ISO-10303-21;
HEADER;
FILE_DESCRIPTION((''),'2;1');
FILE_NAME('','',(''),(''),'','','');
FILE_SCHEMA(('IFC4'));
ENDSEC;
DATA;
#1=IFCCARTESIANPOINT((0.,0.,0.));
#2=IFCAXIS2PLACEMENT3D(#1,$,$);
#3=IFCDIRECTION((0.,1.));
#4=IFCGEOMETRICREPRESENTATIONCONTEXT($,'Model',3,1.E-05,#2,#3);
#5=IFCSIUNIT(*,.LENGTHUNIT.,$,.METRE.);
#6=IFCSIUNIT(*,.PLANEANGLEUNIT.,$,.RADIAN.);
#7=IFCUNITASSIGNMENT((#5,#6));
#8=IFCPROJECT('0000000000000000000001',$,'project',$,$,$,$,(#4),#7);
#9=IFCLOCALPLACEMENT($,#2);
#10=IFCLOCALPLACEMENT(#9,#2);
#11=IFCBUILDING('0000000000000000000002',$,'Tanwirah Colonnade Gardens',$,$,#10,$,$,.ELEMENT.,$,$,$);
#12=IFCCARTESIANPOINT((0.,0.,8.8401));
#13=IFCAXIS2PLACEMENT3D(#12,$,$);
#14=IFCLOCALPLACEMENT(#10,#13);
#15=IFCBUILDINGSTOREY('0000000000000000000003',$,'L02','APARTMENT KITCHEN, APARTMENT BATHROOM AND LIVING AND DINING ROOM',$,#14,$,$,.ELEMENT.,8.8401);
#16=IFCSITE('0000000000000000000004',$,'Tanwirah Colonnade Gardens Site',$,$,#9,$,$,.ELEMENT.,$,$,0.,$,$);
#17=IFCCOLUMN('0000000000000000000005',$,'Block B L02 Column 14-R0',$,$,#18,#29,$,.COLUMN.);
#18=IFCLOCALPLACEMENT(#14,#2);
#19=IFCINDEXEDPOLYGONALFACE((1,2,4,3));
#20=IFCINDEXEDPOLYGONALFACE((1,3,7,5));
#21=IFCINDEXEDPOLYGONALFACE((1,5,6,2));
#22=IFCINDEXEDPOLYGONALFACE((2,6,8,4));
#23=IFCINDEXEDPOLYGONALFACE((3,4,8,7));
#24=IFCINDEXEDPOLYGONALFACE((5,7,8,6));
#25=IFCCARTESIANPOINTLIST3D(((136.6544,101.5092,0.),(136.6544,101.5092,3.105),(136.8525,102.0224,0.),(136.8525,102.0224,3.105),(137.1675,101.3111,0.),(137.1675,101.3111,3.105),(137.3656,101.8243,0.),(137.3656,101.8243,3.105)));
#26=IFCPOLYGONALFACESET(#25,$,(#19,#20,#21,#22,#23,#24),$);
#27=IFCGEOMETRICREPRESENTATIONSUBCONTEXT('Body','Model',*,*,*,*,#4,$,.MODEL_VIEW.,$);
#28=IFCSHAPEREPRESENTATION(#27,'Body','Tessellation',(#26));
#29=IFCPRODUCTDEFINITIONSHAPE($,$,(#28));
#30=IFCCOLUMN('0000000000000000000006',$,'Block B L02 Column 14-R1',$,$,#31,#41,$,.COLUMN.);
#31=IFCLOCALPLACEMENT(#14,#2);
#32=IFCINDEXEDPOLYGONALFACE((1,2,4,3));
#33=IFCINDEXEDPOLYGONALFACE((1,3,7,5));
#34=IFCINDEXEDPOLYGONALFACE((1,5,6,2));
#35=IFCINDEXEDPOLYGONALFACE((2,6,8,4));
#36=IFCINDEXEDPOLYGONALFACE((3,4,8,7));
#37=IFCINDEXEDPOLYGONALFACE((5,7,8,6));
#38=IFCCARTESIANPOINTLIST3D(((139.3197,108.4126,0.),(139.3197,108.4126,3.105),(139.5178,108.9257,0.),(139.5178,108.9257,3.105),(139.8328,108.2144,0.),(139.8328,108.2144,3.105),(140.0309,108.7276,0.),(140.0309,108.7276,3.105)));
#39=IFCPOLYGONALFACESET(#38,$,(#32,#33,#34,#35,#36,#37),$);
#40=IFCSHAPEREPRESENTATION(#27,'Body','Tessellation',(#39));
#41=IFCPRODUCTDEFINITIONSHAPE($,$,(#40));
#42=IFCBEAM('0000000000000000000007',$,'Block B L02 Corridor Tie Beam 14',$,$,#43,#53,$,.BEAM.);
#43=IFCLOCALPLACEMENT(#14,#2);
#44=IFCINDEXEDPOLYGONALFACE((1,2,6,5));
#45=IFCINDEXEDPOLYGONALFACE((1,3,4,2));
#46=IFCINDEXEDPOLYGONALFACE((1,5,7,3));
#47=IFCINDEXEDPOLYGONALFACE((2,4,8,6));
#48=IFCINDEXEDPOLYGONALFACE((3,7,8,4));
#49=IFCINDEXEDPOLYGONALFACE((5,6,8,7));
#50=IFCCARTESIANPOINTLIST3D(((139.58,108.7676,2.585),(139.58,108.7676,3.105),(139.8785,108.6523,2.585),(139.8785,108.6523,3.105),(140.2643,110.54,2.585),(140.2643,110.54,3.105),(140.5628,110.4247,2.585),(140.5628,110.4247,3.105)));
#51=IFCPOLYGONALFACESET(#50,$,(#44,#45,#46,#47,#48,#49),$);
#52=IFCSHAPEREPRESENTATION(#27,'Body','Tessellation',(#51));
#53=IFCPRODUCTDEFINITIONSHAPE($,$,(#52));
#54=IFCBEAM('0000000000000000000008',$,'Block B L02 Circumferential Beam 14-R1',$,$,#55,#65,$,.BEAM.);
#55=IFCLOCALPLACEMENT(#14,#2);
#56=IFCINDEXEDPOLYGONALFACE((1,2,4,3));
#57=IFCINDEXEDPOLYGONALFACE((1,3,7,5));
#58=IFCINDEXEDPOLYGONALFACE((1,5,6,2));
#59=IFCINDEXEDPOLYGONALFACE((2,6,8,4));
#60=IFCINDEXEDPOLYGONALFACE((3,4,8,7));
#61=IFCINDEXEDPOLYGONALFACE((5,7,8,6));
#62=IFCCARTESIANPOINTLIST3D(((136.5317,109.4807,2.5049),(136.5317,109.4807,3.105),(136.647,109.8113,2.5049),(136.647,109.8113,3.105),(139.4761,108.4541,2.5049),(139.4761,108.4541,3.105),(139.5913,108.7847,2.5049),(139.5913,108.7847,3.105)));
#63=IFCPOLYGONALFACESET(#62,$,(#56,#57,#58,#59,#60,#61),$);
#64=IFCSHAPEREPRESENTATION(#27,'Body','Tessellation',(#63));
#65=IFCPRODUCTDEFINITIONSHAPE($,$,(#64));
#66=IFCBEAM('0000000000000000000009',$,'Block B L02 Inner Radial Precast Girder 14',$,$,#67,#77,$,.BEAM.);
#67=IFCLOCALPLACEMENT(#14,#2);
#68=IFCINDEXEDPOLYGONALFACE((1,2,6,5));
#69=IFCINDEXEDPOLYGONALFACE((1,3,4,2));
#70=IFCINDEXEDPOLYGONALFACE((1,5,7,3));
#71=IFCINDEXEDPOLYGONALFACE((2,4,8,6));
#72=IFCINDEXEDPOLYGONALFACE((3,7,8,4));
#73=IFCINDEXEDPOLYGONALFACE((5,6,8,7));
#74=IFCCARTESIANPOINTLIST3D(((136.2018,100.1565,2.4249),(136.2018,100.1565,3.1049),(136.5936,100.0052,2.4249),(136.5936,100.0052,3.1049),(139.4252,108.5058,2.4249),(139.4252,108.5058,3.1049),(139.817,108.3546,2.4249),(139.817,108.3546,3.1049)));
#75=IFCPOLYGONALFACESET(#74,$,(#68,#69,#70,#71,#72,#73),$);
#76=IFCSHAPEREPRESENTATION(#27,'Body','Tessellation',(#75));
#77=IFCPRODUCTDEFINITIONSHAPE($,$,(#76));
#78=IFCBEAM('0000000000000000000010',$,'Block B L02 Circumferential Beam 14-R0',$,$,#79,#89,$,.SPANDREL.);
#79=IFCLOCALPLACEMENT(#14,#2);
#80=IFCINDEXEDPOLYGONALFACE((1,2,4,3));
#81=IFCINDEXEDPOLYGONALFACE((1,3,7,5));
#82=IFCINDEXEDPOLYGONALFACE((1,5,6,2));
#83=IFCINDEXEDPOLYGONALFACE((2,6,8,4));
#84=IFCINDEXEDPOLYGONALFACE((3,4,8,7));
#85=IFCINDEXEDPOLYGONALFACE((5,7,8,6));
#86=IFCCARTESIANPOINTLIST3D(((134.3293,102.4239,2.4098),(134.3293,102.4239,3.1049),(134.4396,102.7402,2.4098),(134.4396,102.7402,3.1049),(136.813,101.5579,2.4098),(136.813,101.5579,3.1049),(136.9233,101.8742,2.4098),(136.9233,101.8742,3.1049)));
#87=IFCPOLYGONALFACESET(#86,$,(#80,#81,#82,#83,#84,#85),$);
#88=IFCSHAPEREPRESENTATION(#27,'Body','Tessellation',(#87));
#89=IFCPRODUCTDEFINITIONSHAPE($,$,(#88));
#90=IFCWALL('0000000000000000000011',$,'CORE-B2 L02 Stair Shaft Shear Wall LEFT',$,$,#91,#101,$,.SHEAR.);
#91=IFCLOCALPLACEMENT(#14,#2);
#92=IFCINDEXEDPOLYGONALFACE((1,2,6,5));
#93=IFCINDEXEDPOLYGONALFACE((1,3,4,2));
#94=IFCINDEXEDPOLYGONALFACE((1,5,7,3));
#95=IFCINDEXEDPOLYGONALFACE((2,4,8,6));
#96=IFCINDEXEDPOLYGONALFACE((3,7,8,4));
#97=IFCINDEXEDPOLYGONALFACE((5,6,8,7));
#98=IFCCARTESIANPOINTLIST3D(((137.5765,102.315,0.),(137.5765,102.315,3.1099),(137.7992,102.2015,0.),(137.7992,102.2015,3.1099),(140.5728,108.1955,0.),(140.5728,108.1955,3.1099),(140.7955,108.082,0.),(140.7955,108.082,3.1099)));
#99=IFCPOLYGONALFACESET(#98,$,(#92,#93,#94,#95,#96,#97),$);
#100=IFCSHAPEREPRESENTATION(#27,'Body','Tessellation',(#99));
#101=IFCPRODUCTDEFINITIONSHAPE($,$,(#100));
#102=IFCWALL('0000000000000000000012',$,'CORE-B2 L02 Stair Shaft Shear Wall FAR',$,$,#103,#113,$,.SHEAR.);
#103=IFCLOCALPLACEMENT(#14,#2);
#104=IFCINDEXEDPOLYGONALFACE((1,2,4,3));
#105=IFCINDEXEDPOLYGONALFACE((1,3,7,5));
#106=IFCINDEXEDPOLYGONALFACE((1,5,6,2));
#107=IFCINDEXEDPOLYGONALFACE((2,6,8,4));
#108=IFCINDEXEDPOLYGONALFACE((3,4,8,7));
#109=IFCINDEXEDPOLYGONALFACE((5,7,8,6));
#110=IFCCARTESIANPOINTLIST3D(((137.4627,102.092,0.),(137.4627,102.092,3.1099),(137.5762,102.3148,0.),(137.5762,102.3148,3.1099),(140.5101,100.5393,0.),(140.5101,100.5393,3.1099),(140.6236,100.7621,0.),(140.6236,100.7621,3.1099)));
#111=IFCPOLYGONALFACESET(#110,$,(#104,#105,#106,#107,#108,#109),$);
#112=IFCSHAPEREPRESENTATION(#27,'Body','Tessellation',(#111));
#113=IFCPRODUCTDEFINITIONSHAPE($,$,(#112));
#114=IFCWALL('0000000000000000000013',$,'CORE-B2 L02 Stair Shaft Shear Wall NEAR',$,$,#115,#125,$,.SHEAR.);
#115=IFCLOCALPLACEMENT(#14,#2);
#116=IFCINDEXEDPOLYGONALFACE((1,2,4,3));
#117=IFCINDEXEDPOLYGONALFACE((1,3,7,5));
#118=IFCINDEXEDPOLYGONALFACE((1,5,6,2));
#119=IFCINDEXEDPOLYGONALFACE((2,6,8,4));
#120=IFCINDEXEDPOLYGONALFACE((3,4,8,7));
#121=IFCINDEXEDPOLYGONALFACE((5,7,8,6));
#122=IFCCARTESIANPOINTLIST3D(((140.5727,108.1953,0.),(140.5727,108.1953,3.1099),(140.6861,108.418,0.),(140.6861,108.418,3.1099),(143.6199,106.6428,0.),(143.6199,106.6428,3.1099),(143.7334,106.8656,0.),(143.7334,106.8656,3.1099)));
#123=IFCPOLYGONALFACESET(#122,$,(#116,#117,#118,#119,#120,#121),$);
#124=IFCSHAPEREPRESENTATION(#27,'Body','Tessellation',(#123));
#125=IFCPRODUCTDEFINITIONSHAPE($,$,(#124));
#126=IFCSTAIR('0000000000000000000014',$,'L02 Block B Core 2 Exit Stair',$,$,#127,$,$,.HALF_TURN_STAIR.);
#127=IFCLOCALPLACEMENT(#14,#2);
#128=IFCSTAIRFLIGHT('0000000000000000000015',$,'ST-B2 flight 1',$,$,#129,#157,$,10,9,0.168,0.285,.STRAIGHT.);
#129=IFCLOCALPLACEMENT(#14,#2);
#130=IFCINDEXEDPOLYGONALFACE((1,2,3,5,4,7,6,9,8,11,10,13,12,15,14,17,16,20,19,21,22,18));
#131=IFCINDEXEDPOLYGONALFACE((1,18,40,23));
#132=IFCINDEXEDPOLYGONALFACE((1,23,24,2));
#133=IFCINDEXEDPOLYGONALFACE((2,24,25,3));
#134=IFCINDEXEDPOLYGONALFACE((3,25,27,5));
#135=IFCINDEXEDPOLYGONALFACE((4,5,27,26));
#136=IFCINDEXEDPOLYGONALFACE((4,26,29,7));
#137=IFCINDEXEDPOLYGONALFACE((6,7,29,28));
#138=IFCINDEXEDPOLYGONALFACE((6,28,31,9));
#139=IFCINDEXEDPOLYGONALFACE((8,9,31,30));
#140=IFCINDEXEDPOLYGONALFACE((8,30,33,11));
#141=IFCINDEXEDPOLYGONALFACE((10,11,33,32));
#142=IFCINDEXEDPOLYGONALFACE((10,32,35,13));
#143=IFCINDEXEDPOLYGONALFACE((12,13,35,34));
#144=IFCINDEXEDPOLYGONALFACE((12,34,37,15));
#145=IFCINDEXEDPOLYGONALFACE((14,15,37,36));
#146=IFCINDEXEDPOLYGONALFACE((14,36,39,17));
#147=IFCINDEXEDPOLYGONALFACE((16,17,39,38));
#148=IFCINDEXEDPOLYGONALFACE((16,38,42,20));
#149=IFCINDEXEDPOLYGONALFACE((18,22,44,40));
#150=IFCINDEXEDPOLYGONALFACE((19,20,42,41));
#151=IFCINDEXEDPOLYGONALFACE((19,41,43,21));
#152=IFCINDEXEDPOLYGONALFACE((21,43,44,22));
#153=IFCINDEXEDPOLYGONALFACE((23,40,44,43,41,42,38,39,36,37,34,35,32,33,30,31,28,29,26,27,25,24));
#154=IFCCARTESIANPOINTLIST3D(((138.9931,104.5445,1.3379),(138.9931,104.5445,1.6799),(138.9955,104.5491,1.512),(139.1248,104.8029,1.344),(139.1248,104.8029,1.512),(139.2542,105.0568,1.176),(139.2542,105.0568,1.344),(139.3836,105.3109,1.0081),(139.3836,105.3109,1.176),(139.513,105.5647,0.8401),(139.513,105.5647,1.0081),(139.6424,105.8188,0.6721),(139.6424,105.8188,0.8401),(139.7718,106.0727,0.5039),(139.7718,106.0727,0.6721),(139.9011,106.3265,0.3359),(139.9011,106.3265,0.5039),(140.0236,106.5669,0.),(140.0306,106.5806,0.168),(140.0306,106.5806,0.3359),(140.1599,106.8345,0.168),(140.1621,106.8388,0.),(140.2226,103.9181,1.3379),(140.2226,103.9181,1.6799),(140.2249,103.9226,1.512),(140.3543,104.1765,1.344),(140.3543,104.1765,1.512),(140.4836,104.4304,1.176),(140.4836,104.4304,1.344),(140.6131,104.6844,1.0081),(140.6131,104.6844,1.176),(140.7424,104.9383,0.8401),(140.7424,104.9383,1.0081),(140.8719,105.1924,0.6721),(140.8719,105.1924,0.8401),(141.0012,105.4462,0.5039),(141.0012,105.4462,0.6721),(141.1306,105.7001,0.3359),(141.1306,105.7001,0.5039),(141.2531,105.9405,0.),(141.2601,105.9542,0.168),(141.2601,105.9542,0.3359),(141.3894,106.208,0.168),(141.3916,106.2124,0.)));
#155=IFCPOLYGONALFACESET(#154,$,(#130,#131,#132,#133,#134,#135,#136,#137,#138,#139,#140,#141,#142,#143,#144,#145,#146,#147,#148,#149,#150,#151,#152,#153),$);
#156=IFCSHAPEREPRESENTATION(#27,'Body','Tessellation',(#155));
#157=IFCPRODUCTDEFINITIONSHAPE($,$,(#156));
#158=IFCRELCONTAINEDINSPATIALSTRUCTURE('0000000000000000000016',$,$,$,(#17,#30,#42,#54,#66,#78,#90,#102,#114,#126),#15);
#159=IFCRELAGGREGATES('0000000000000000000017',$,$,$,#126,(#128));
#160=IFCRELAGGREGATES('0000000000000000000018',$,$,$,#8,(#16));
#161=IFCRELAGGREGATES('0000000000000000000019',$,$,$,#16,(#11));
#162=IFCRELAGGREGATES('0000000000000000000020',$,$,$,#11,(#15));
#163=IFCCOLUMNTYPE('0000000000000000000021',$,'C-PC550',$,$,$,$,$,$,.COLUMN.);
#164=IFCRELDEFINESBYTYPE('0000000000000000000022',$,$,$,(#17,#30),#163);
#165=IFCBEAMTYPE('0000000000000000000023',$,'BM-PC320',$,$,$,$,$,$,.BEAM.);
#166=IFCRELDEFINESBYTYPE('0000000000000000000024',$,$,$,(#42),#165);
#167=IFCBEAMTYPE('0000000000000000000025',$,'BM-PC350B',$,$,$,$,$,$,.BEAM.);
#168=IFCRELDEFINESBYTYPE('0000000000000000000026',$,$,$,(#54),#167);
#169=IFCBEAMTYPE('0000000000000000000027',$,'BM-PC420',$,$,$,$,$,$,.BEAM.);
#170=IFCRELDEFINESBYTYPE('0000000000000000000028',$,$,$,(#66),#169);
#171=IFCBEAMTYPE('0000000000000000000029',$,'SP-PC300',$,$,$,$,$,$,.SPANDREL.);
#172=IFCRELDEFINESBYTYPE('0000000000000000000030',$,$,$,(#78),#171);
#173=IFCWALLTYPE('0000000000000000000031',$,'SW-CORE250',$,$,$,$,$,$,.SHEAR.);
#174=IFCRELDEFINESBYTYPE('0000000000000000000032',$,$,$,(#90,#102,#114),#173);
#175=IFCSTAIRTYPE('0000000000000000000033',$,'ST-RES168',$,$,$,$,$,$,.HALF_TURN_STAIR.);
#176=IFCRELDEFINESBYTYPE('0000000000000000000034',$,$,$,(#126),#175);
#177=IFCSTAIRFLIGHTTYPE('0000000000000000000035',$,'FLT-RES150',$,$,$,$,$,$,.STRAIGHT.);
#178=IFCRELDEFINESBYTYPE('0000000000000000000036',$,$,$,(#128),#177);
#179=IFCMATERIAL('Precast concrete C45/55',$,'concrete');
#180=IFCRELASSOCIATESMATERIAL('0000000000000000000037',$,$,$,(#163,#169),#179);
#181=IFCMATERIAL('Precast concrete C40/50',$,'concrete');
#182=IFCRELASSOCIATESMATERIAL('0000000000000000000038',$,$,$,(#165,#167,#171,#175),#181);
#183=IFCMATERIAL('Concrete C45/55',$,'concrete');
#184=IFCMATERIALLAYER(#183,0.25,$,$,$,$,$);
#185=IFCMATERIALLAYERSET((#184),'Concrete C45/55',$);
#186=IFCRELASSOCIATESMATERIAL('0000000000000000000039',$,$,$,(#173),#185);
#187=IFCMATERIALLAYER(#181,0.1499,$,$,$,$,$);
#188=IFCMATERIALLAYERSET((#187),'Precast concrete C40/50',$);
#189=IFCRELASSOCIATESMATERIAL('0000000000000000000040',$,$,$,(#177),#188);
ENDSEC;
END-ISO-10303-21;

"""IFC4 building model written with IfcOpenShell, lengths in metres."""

from ifc_helpers import new_model, si_unit, direction, frame, frame_2d, origin, origin_2d, place, context, subcontext, project, spatial, polyline, rectangle, outline, extrude, material, layer, layer_set, material_profile, profile_set, type_object, element, aggregate, save


model = new_model("IFC4")

# Units and contexts
model_context = context("Model", 3, precision=1e-05, world=origin(), true_north=direction((0.0, 1.0)))
body_context = subcontext(model_context, "Body", "Model", "MODEL_VIEW")
ifc_project = project(units=[si_unit("LENGTHUNIT", "METRE"), si_unit("PLANEANGLEUNIT", "RADIAN")], contexts=[model_context])

# Site, building, storey
site_placement = place(None, origin())
site = spatial("IfcSite", under=ifc_project, at=site_placement, Name="Tanwirah Colonnade Gardens Site", CompositionType="ELEMENT", RefElevation=0.0)
building_placement = place(site_placement, origin())
building = spatial("IfcBuilding", under=site, at=building_placement, Name="Tanwirah Colonnade Gardens", CompositionType="ELEMENT")
storey_placement = place(building_placement, frame((0.0, 0.0, 8.8401)))
storey = spatial("IfcBuildingStorey", under=building, at=storey_placement, Name="L02", Description="APARTMENT KITCHEN, APARTMENT BATHROOM AND LIVING AND DINING ROOM", CompositionType="ELEMENT", Elevation=8.8401)

# Columns
ifc_material_1 = material(Name="Precast concrete C45/55", Category="concrete")
ifc_material_profile_1 = material_profile(ifc_material_1, rectangle(XDim=0.55, YDim=0.55, at=origin_2d()), Name="PC-COL 550x550")
ifc_profile_set_1 = profile_set([ifc_material_profile_1], Name="Precast concrete C45/55")
column_type = type_object("IfcColumnType", Name="C-PC550", PredefinedType="COLUMN", material=ifc_profile_set_1)
for number, where, z_axis, x_axis, name in (
    (1, (137.01, 101.6667, 0.0), (0.0, 0.0, 1.0), (0.360178, 0.932884, 0.0), "Block B L02 Column 14-R0"),
    (2, (139.6753, 108.5701, 0.0), (0.0, 0.0, 1.0), (0.360178, 0.932884, 0.0), "Block B L02 Column 14-R1"),
):
    element("IfcColumn", number, at=place(storey_placement, frame(where, z_axis=z_axis, x_axis=x_axis)), inside=storey, type_object=column_type, Name=name, PredefinedType="COLUMN", context=body_context, shape_type="SweptSolid", body=[
        extrude(rectangle(XDim=0.55, YDim=0.55, at=origin_2d()), origin(), (0.0, 0.0, 1.0), 3.105),
    ])

# Beams
ifc_material_2 = material(Name="Precast concrete C40/50", Category="concrete")
ifc_material_profile_2 = material_profile(ifc_material_2, rectangle(XDim=0.3201, YDim=0.52, at=origin_2d()), Name="PC-BM 320x520")
ifc_profile_set_2 = profile_set([ifc_material_profile_2], Name="Precast concrete C40/50")
beam_type_1 = type_object("IfcBeamType", Name="BM-PC320", PredefinedType="BEAM", material=ifc_profile_set_2)
beam_1_placement = place(storey_placement, frame((139.7292, 108.71, 2.845), z_axis=(0.360176, 0.932885, 0.0), x_axis=(-0.932885, 0.360176, 0.0)))
element("IfcBeam", 3, at=beam_1_placement, inside=storey, type_object=beam_type_1, Name="Block B L02 Corridor Tie Beam 14", PredefinedType="BEAM", context=body_context, shape_type="SweptSolid", body=[
    extrude(rectangle(XDim=0.3201, YDim=0.52, at=origin_2d()), origin(), (0.0, 0.0, 1.0), 1.8999),
])
ifc_material_profile_3 = material_profile(ifc_material_2, rectangle(XDim=0.3501, YDim=0.6001, at=origin_2d()), Name="PC-BM 350x600")
ifc_profile_set_3 = profile_set([ifc_material_profile_3], Name="Precast concrete C40/50")
beam_type_2 = type_object("IfcBeamType", Name="BM-PC350B", PredefinedType="BEAM", material=ifc_profile_set_3)
beam_2_placement = place(storey_placement, frame((139.5337, 108.6194, 2.8049), z_axis=(-0.944248, 0.329234, 0.0), x_axis=(-0.329234, -0.944248, 0.0)))
element("IfcBeam", 4, at=beam_2_placement, inside=storey, type_object=beam_type_2, Name="Block B L02 Circumferential Beam 14-R1", PredefinedType="BEAM", context=body_context, shape_type="SweptSolid", body=[
    extrude(rectangle(XDim=0.3501, YDim=0.6001, at=origin_2d()), origin(), (0.0, 0.0, 1.0), 3.1182),
])
ifc_material_profile_4 = material_profile(ifc_material_1, rectangle(XDim=0.4199, YDim=0.6799, at=origin_2d()), Name="PC-BM 420x680")
ifc_profile_set_4 = profile_set([ifc_material_profile_4], Name="Precast concrete C45/55")
beam_type_3 = type_object("IfcBeamType", Name="BM-PC420", PredefinedType="BEAM", material=ifc_profile_set_4)
beam_3_placement = place(storey_placement, frame((139.6211, 108.4302, 2.7649), z_axis=(-0.360156, -0.932892, 0.0), x_axis=(0.932892, -0.360156, 0.0)))
element("IfcBeam", 5, at=beam_3_placement, inside=storey, type_object=beam_type_3, Name="Block B L02 Inner Radial Precast Girder 14", PredefinedType="BEAM", context=body_context, shape_type="SweptSolid", body=[
    extrude(rectangle(XDim=0.4199, YDim=0.6799, at=origin_2d()), origin(), (0.0, 0.0, 1.0), 8.95),
])
ifc_material_profile_5 = material_profile(ifc_material_2, rectangle(XDim=0.335, YDim=0.6951, at=origin_2d()), Name="PC-SP 335x695")
ifc_profile_set_5 = profile_set([ifc_material_profile_5], Name="Precast concrete C40/50")
beam_type_4 = type_object("IfcBeamType", Name="SP-PC300", PredefinedType="SPANDREL", material=ifc_profile_set_5)
beam_4_placement = place(storey_placement, frame((136.8682, 101.7161, 2.7573), z_axis=(-0.94425, 0.32923, 0.0), x_axis=(-0.32923, -0.94425, 0.0)))
element("IfcBeam", 6, at=beam_4_placement, inside=storey, type_object=beam_type_4, Name="Block B L02 Circumferential Beam 14-R0", PredefinedType="SPANDREL", context=body_context, shape_type="SweptSolid", body=[
    extrude(rectangle(XDim=0.335, YDim=0.6951, at=origin_2d()), origin(), (0.0, 0.0, 1.0), 2.6304),
])

# Walls
ifc_material_3 = material(Name="Concrete C45/55", Category="concrete")
ifc_layer_1 = layer(ifc_material_3, 0.25)
ifc_layer_set_1 = layer_set([ifc_layer_1], Name="Concrete C45/55")
wall_type_1 = type_object("IfcWallType", Name="SW-CORE250", PredefinedType="SHEAR", material=ifc_layer_set_1)
wall_1_placement = place(storey_placement, frame((140.6841, 108.1387, 0.0), z_axis=(0.0, 0.0, 1.0), x_axis=(-0.453992, -0.891006, 0.0)))
element("IfcWall", 7, at=wall_1_placement, inside=storey, type_object=wall_type_1, Name="CORE-B2 L02 Stair Shaft Shear Wall LEFT", PredefinedType="SHEAR", context=body_context, shape_type="SweptSolid", body=[
    extrude(rectangle(XDim=6.5999, YDim=0.25, at=frame_2d((3.2998, 0.0))), origin(), (0.0, 0.0, 1.0), 3.1099),
])
wall_2_placement = place(storey_placement, frame((137.5195, 102.2034, 0.0), z_axis=(0.0, 0.0, 1.0), x_axis=(0.891004, -0.453996, 0.0)))
element("IfcWall", 8, at=wall_2_placement, inside=storey, type_object=wall_type_1, Name="CORE-B2 L02 Stair Shaft Shear Wall FAR", PredefinedType="SHEAR", context=body_context, shape_type="SweptSolid", body=[
    extrude(rectangle(XDim=3.4202, YDim=0.25, at=frame_2d((1.71, 0.0))), origin(), (0.0, 0.0, 1.0), 3.1099),
])
wall_3_placement = place(storey_placement, frame((140.6294, 108.3066, 0.0), z_axis=(0.0, 0.0, 1.0), x_axis=(0.891032, -0.45394, 0.0)))
element("IfcWall", 9, at=wall_3_placement, inside=storey, type_object=wall_type_1, Name="CORE-B2 L02 Stair Shaft Shear Wall NEAR", PredefinedType="SHEAR", context=body_context, shape_type="SweptSolid", body=[
    extrude(rectangle(XDim=3.4199, YDim=0.25, at=frame_2d((1.71, 0.0))), origin(), (0.0, 0.0, 1.0), 3.1099),
])

# Stair, stair flight
stair_type = type_object("IfcStairType", Name="ST-RES168", PredefinedType="HALF_TURN_STAIR", material=ifc_material_2)
stair_placement = place(storey_placement, origin())
stair = element("IfcStair", 10, at=stair_placement, inside=storey, type_object=stair_type, Name="L02 Block B Core 2 Exit Stair", PredefinedType="HALF_TURN_STAIR")
ifc_layer_2 = layer(ifc_material_2, 0.1499)
ifc_layer_set_2 = layer_set([ifc_layer_2], Name="Precast concrete C40/50")
stair_flight_type = type_object("IfcStairFlightType", Name="FLT-RES150", PredefinedType="STRAIGHT", material=ifc_layer_set_2)
stair_flight_placement = place(storey_placement, frame((140.7747, 106.5212, 0.0), z_axis=(0.0, 0.0, 1.0), x_axis=(-0.45399, -0.891007, 0.0)))
stair_flight = element("IfcStairFlight", 11, at=stair_flight_placement, type_object=stair_flight_type, Name="ST-B2 flight 1", NumberOfRisers=10, NumberOfTreads=9, PredefinedType="STRAIGHT", RiserHeight=0.168, TreadLength=0.285, context=body_context, shape_type="SweptSolid", body=[
    extrude(outline(polyline([(-0.0049, 0.0), (0.0, 0.168), (0.2849, 0.168), (0.2849, 0.3359), (0.5701, 0.3359), (0.5701, 0.5039), (0.855, 0.5039), (0.855, 0.6721), (1.1399, 0.6721), (1.1399, 0.8401), (1.425, 0.8401), (1.425, 1.0081), (1.71, 1.0081), (1.71, 1.176), (1.9951, 1.176), (1.9951, 1.344), (2.28, 1.344), (2.28, 1.512), (2.5649, 1.512), (2.5701, 1.6799), (2.5701, 1.3379), (0.3003, 0.0), (-0.0049, 0.0)])), frame((0.0, 0.6899, 0.0), z_axis=(0.0, -1.0, 0.0), x_axis=(1.0, 0.0, 0.0)), (0.0, 0.0, 1.0), 1.3799),
])
aggregate(stair, [stair_flight])

save(model, "model.ifc")
